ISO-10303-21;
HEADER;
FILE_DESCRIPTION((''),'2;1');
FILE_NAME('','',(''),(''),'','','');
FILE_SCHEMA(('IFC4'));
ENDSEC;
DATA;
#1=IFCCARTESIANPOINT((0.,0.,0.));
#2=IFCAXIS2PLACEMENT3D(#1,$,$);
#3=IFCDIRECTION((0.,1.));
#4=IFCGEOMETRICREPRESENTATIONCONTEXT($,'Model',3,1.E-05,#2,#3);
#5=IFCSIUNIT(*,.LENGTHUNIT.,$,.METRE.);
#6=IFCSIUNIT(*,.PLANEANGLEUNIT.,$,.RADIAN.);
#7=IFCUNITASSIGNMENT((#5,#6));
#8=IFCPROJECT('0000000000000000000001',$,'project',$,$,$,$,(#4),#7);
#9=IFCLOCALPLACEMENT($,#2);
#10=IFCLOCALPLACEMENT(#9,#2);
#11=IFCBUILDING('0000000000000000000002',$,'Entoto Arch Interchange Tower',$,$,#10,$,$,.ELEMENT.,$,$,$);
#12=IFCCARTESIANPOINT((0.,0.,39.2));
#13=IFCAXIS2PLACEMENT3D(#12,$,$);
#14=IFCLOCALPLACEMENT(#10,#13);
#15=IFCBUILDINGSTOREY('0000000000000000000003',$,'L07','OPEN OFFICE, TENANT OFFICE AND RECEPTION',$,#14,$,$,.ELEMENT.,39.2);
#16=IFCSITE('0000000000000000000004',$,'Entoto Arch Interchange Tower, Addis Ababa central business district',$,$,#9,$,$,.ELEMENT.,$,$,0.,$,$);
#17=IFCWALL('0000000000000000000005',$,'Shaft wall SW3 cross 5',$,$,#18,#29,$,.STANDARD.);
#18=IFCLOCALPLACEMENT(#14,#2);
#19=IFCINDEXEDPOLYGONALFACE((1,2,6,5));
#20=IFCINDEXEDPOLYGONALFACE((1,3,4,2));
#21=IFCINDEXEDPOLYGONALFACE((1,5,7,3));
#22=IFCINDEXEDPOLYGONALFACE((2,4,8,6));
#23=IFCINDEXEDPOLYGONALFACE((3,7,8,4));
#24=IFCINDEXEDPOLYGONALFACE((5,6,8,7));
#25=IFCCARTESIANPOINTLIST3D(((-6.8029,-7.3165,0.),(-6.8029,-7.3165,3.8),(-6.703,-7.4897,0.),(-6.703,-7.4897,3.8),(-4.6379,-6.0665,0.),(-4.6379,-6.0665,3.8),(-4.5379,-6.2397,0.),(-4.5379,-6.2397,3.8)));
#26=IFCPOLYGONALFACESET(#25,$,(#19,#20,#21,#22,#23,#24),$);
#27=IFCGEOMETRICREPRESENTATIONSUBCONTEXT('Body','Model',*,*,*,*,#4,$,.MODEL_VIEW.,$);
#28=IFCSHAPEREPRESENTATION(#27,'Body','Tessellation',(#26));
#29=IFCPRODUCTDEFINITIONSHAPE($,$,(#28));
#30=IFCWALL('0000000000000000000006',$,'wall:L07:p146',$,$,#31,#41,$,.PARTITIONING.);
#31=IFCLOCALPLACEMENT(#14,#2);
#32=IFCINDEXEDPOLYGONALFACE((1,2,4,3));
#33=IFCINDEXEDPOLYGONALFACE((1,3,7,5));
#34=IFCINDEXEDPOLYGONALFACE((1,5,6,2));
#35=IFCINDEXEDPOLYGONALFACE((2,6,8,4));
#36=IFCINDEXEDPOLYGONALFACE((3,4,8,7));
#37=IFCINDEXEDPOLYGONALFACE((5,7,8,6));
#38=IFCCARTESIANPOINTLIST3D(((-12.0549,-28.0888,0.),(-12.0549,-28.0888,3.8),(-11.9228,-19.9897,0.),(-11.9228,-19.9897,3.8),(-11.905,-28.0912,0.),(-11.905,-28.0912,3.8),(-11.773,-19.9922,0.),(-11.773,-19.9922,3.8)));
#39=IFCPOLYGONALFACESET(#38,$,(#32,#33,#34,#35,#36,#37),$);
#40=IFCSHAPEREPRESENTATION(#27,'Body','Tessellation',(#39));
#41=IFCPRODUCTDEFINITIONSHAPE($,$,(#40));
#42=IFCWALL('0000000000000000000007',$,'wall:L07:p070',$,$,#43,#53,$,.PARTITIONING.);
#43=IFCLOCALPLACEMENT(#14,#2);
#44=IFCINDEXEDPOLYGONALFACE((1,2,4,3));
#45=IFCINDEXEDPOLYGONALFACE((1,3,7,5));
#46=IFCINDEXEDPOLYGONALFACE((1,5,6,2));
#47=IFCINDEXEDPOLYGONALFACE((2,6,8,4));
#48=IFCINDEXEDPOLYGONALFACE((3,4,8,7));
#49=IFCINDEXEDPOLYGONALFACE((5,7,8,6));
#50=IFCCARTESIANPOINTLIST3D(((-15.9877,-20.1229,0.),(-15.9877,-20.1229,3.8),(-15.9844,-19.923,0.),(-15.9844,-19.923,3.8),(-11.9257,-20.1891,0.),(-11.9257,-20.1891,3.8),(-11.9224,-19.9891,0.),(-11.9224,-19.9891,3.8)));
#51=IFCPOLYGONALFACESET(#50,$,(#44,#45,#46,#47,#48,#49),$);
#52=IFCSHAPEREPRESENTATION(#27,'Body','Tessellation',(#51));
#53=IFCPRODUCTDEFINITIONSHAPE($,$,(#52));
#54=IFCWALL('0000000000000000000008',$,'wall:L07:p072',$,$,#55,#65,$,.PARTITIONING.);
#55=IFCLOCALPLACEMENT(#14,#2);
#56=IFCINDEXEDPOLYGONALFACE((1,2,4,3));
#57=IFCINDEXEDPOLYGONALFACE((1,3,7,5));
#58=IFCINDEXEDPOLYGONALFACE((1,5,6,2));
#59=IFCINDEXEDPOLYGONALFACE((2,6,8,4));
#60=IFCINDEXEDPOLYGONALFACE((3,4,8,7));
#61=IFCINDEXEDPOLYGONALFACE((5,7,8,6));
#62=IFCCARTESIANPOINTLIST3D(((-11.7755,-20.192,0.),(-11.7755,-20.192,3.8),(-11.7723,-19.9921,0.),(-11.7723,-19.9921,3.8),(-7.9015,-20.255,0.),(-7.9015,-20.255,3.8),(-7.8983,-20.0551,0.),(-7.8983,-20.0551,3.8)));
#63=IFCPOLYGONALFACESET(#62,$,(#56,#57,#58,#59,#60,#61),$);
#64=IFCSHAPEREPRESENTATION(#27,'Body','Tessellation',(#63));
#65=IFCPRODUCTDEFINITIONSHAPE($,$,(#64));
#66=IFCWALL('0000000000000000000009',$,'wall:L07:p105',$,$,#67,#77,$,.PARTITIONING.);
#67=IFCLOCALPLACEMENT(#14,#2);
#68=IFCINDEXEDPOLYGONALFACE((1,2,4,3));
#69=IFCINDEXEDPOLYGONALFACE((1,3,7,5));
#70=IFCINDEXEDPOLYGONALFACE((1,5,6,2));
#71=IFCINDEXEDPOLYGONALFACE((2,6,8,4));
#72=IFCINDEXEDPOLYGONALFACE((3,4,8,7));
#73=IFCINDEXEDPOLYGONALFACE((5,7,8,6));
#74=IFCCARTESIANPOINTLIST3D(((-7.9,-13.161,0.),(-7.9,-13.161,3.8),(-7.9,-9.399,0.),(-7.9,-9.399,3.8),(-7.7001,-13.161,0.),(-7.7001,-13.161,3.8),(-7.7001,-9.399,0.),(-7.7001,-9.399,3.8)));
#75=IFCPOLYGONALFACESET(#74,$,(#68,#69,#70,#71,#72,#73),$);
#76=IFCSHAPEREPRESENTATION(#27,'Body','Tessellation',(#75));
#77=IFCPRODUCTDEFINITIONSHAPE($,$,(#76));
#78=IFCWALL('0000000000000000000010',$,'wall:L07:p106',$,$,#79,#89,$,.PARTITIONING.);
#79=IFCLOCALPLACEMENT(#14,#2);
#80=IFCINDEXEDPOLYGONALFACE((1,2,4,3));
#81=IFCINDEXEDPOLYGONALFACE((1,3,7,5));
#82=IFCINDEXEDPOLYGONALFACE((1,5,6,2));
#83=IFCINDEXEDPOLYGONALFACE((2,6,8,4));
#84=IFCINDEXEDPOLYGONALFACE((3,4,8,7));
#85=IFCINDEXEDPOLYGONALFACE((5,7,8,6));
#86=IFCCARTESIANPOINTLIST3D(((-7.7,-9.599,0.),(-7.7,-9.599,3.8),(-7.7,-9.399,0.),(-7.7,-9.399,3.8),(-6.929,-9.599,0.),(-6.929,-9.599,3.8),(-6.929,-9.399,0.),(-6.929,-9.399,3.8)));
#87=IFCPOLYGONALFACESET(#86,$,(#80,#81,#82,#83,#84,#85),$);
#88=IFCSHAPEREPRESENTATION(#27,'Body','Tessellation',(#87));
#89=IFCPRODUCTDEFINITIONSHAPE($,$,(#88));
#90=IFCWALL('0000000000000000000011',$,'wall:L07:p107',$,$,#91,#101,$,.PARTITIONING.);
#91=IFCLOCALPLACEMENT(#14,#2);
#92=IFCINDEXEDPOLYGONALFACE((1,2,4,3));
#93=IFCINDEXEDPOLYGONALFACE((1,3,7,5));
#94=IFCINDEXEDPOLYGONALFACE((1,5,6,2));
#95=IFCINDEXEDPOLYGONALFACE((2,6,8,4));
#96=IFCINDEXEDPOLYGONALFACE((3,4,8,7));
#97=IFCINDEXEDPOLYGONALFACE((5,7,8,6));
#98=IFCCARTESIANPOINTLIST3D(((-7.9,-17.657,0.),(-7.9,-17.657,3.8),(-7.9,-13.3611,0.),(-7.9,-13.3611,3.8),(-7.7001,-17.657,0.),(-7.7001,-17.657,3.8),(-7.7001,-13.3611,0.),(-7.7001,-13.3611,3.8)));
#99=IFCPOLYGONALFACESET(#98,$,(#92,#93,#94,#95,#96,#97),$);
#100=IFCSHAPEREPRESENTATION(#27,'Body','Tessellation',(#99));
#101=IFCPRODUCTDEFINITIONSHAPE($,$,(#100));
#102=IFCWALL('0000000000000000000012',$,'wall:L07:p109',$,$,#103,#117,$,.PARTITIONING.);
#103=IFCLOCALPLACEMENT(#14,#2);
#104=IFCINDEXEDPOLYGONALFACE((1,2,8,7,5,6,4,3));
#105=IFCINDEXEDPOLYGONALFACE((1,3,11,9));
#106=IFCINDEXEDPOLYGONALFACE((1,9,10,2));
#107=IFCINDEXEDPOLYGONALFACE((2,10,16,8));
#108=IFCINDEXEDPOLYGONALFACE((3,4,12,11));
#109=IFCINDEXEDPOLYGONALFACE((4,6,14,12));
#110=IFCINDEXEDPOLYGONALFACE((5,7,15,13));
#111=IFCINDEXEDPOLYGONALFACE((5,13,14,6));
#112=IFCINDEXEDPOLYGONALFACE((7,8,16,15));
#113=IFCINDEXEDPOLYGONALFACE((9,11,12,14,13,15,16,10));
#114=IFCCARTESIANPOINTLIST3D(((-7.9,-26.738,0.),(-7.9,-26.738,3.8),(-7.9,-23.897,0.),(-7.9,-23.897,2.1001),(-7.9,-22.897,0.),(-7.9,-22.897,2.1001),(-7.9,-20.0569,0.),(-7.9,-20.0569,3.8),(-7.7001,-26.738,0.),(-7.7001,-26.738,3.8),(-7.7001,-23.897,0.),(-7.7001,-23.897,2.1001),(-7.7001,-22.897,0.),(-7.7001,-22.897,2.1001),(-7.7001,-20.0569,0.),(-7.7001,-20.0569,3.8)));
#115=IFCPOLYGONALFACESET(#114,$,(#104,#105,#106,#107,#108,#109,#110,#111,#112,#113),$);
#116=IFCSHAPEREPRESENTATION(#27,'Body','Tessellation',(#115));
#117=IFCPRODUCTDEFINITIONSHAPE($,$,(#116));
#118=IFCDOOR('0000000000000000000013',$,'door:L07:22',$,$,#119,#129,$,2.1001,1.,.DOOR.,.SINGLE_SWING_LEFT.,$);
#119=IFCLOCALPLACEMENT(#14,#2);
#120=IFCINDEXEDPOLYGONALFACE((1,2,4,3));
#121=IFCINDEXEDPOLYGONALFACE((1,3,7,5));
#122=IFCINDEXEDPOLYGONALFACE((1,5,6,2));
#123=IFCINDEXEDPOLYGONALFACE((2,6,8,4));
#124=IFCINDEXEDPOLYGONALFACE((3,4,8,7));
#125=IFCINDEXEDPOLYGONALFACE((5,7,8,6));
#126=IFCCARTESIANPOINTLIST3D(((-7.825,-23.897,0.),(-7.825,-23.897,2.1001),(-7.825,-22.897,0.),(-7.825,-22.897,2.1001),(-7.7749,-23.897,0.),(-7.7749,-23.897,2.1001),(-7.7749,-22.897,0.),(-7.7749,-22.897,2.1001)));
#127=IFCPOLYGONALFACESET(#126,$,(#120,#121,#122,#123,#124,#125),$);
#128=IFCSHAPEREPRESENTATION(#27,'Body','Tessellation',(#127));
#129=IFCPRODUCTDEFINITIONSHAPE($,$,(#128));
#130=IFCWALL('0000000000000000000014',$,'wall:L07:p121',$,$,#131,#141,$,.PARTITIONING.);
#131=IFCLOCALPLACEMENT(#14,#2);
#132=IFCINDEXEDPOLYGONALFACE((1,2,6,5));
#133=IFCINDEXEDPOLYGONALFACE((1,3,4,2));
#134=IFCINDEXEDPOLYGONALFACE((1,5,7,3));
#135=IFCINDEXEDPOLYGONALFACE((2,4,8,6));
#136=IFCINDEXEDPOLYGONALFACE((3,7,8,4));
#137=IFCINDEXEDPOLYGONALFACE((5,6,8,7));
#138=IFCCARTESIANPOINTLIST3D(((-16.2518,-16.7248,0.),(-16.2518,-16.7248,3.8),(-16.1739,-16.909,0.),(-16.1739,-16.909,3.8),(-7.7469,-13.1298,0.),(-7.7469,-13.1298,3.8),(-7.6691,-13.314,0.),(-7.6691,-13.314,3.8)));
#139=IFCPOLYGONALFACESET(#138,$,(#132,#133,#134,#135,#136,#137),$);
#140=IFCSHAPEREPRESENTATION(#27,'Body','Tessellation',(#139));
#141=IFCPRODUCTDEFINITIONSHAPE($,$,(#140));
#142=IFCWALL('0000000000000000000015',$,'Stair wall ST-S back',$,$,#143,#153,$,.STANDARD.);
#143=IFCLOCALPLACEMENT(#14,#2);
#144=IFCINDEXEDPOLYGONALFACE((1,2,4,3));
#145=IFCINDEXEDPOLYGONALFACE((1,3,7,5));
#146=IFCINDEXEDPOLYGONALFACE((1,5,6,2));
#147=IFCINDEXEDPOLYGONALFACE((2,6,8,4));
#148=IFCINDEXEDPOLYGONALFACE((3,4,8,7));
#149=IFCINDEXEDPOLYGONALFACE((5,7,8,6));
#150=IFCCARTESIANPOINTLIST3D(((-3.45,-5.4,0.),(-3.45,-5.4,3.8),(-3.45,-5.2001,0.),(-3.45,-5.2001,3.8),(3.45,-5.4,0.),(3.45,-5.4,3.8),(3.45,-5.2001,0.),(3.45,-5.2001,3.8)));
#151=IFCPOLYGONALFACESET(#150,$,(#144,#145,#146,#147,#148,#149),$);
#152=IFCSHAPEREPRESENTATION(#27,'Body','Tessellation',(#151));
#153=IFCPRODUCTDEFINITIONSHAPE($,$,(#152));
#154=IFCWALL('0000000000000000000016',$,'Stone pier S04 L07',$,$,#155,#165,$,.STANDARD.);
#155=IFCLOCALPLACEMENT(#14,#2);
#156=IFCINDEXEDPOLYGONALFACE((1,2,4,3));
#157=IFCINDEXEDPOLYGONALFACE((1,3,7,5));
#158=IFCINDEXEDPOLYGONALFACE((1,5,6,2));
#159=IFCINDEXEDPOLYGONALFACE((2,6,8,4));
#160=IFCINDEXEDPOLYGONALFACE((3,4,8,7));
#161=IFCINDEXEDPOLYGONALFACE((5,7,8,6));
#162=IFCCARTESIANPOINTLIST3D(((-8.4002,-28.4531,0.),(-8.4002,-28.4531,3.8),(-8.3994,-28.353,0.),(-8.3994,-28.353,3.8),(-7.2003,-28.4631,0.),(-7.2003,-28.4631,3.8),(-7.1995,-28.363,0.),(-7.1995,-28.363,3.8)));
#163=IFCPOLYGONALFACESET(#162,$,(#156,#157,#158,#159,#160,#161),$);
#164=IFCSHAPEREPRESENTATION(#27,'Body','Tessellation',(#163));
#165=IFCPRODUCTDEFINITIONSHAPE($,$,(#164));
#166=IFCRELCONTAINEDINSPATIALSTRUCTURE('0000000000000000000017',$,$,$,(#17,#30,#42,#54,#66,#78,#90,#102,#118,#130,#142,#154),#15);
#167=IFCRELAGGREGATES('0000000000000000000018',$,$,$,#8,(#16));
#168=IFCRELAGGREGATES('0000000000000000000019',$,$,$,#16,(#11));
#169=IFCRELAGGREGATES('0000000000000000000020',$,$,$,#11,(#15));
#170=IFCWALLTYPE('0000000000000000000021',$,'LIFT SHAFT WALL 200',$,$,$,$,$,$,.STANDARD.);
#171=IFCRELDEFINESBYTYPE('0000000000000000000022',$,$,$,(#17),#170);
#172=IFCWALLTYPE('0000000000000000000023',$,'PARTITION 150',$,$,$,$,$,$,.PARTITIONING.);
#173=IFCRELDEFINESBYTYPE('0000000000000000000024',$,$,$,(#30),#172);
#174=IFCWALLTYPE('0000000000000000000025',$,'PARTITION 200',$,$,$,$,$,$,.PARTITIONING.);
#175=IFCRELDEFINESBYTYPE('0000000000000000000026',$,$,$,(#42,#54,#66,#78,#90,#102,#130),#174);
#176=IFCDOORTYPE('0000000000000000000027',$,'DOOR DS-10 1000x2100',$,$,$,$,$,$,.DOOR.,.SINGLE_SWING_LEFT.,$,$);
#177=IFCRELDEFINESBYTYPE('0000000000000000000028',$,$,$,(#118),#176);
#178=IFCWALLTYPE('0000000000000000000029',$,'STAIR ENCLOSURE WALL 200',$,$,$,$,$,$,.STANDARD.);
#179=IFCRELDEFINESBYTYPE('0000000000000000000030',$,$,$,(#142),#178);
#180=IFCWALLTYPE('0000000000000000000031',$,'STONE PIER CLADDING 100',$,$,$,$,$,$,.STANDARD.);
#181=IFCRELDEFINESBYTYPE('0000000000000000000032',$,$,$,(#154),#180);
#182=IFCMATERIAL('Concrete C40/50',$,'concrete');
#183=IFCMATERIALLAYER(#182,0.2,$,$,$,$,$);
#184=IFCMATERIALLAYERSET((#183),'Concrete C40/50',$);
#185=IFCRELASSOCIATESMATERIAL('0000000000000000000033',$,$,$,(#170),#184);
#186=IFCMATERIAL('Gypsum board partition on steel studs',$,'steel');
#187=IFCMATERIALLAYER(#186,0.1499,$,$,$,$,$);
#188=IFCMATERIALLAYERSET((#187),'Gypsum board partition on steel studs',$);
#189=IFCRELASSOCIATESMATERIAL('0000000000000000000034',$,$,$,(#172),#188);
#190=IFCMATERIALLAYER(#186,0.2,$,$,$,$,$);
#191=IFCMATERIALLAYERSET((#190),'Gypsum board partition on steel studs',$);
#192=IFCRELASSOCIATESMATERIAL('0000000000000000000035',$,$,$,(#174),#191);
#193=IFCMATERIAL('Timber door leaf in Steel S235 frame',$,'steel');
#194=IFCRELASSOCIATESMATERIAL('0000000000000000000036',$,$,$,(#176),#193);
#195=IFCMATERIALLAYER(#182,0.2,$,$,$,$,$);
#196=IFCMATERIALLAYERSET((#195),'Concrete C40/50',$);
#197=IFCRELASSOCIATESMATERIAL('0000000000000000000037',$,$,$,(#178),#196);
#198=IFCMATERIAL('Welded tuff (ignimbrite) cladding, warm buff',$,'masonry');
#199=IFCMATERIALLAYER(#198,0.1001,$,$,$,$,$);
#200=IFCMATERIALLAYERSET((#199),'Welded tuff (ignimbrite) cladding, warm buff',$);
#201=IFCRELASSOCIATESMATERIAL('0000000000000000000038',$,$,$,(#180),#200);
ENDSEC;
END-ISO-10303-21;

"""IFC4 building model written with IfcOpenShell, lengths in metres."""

from ifc_helpers import new_model, si_unit, direction, frame, frame_2d, origin, place, context, subcontext, project, spatial, rectangle, extrude, material, layer, layer_set, type_object, element, fill, save


model = new_model("IFC4")

# Units and contexts
model_context = context("Model", 3, precision=1e-05, world=origin(), true_north=direction((0.0, 1.0)))
body_context = subcontext(model_context, "Body", "Model", "MODEL_VIEW")
ifc_project = project(units=[si_unit("LENGTHUNIT", "METRE"), si_unit("PLANEANGLEUNIT", "RADIAN")], contexts=[model_context])

# Site, building, storey
site_placement = place(None, origin())
site = spatial("IfcSite", under=ifc_project, at=site_placement, Name="Entoto Arch Interchange Tower, Addis Ababa central business district", CompositionType="ELEMENT", RefElevation=0.0)
building_placement = place(site_placement, origin())
building = spatial("IfcBuilding", under=site, at=building_placement, Name="Entoto Arch Interchange Tower", CompositionType="ELEMENT")
storey_placement = place(building_placement, frame((0.0, 0.0, 39.2)))
storey = spatial("IfcBuildingStorey", under=building, at=storey_placement, Name="L07", Description="OPEN OFFICE, TENANT OFFICE AND RECEPTION", CompositionType="ELEMENT", Elevation=39.2)

# Walls
ifc_material_1 = material(Name="Concrete C40/50", Category="concrete")
ifc_layer_1 = layer(ifc_material_1, 0.2)
ifc_layer_set_1 = layer_set([ifc_layer_1], Name="Concrete C40/50")
wall_type_1 = type_object("IfcWallType", Name="LIFT SHAFT WALL 200", PredefinedType="STANDARD", material=ifc_layer_set_1)
wall_1_placement = place(storey_placement, frame((-4.5879, -6.1531, 0.0), z_axis=(0.0, 0.0, 1.0), x_axis=(-0.866023, -0.500004, 0.0)))
element("IfcWall", 1, at=wall_1_placement, inside=storey, type_object=wall_type_1, Name="Shaft wall SW3 cross 5", PredefinedType="STANDARD", context=body_context, shape_type="SweptSolid", body=[
    extrude(rectangle(XDim=2.5, YDim=0.2, at=frame_2d((1.25, 0.0))), origin(), (0.0, 0.0, 1.0), 3.8),
])
ifc_material_2 = material(Name="Gypsum board partition on steel studs", Category="steel")
ifc_layer_2 = layer(ifc_material_2, 0.1499)
ifc_layer_set_2 = layer_set([ifc_layer_2], Name="Gypsum board partition on steel studs")
wall_type_2 = type_object("IfcWallType", Name="PARTITION 150", PredefinedType="PARTITIONING", material=ifc_layer_set_2)
wall_2_placement = place(storey_placement, frame((-11.8479, -19.991, 0.0), z_axis=(0.0, 0.0, 1.0), x_axis=(-0.016306, -0.999867, 0.0)))
element("IfcWall", 2, at=wall_2_placement, inside=storey, type_object=wall_type_2, Name="wall:L07:p146", PredefinedType="PARTITIONING", context=body_context, shape_type="SweptSolid", body=[
    extrude(rectangle(XDim=8.1001, YDim=0.1499, at=frame_2d((4.05, 0.0))), origin(), (0.0, 0.0, 1.0), 3.8),
])
ifc_layer_3 = layer(ifc_material_2, 0.2)
ifc_layer_set_3 = layer_set([ifc_layer_3], Name="Gypsum board partition on steel studs")
wall_type_3 = type_object("IfcWallType", Name="PARTITION 200", PredefinedType="PARTITIONING", material=ifc_layer_set_3)
wall_3_placement = place(storey_placement, frame((-11.9241, -20.0891, 0.0), z_axis=(0.0, 0.0, 1.0), x_axis=(-0.999867, 0.016286, 0.0)))
element("IfcWall", 3, at=wall_3_placement, inside=storey, type_object=wall_type_3, Name="wall:L07:p070", PredefinedType="PARTITIONING", context=body_context, shape_type="SweptSolid", body=[
    extrude(rectangle(XDim=4.0625, YDim=0.2, at=frame_2d((2.0312, 0.0))), origin(), (0.0, 0.0, 1.0), 3.8),
])
wall_4_placement = place(storey_placement, frame((-7.8999, -20.155, 0.0), z_axis=(0.0, 0.0, 1.0), x_axis=(-0.999868, 0.016257, 0.0)))
element("IfcWall", 4, at=wall_4_placement, inside=storey, type_object=wall_type_3, Name="wall:L07:p072", PredefinedType="PARTITIONING", context=body_context, shape_type="SweptSolid", body=[
    extrude(rectangle(XDim=3.8745, YDim=0.2, at=frame_2d((1.9373, 0.0))), origin(), (0.0, 0.0, 1.0), 3.8),
])
wall_5_placement = place(storey_placement, frame((-7.8, -13.1609, 0.0), z_axis=(0.0, 0.0, 1.0), x_axis=(0.0, 1.0, 0.0)))
element("IfcWall", 5, at=wall_5_placement, inside=storey, type_object=wall_type_3, Name="wall:L07:p105", PredefinedType="PARTITIONING", context=body_context, shape_type="SweptSolid", body=[
    extrude(rectangle(XDim=3.762, YDim=0.2, at=frame_2d((1.8809, 0.0))), origin(), (0.0, 0.0, 1.0), 3.8),
])
wall_6_placement = place(storey_placement, frame((-7.7, -9.499, 0.0), z_axis=(0.0, 0.0, 1.0), x_axis=(1.0, 0.0, 0.0)))
element("IfcWall", 6, at=wall_6_placement, inside=storey, type_object=wall_type_3, Name="wall:L07:p106", PredefinedType="PARTITIONING", context=body_context, shape_type="SweptSolid", body=[
    extrude(rectangle(XDim=0.771, YDim=0.2, at=frame_2d((0.3855, 0.0))), origin(), (0.0, 0.0, 1.0), 3.8),
])
wall_7_placement = place(storey_placement, frame((-7.8, -17.657, 0.0), z_axis=(0.0, 0.0, 1.0), x_axis=(0.0, 1.0, 0.0)))
element("IfcWall", 7, at=wall_7_placement, inside=storey, type_object=wall_type_3, Name="wall:L07:p107", PredefinedType="PARTITIONING", context=body_context, shape_type="SweptSolid", body=[
    extrude(rectangle(XDim=4.2959, YDim=0.2, at=frame_2d((2.1479, 0.0))), origin(), (0.0, 0.0, 1.0), 3.8),
])

# Wall, opening, door
wall_8_placement = place(storey_placement, frame((-7.8, -26.738, 0.0), z_axis=(0.0, 0.0, 1.0), x_axis=(0.0, 1.0, 0.0)))
wall_8 = element("IfcWall", 8, at=wall_8_placement, inside=storey, type_object=wall_type_3, Name="wall:L07:p109", PredefinedType="PARTITIONING", context=body_context, shape_type="SweptSolid", body=[
    extrude(rectangle(XDim=6.6812, YDim=0.2, at=frame_2d((3.3406, 0.0))), origin(), (0.0, 0.0, 1.0), 3.8),
])
opening_1_placement = place(wall_8_placement, frame((2.8411, 0.0, 0.0)))
opening_1 = element("IfcOpeningElement", 9, at=opening_1_placement, cuts=wall_8, PredefinedType="OPENING", context=body_context, shape_type="SweptSolid", body=[
    extrude(rectangle(XDim=1.0, YDim=2.1001, at=frame_2d((0.5, 1.05))), frame((0.0, 0.1099, 0.0), z_axis=(0.0, -1.0, 0.0), x_axis=(1.0, 0.0, 0.0)), (0.0, 0.0, 1.0), 0.22),
])
ifc_material_3 = material(Name="Timber door leaf in Steel S235 frame", Category="steel")
door_type_1 = type_object("IfcDoorType", Name="DOOR DS-10 1000x2100", OperationType="SINGLE_SWING_LEFT", PredefinedType="DOOR", material=ifc_material_3)
door_1_placement = place(opening_1_placement, origin())
door_1 = element("IfcDoor", 10, at=door_1_placement, inside=storey, type_object=door_type_1, Name="door:L07:22", OperationType="SINGLE_SWING_LEFT", OverallHeight=2.1001, OverallWidth=1.0, PredefinedType="DOOR", context=body_context, shape_type="SweptSolid", body=[
    extrude(rectangle(XDim=1.0, YDim=2.1001, at=frame_2d((0.5, 1.05))), frame((0.0, 0.0249, 0.0), z_axis=(0.0, -1.0, 0.0), x_axis=(1.0, 0.0, 0.0)), (0.0, 0.0, 1.0), 0.05),
])
fill(opening_1, door_1)

# Walls
wall_9_placement = place(storey_placement, frame((-7.708, -13.2219, 0.0), z_axis=(0.0, 0.0, 1.0), x_axis=(-0.921093, -0.389342, 0.0)))
element("IfcWall", 11, at=wall_9_placement, inside=storey, type_object=wall_type_3, Name="wall:L07:p121", PredefinedType="PARTITIONING", context=body_context, shape_type="SweptSolid", body=[
    extrude(rectangle(XDim=9.2334, YDim=0.2, at=frame_2d((4.6167, 0.0))), origin(), (0.0, 0.0, 1.0), 3.8),
])
ifc_layer_4 = layer(ifc_material_1, 0.2)
ifc_layer_set_4 = layer_set([ifc_layer_4], Name="Concrete C40/50")
wall_type_4 = type_object("IfcWallType", Name="STAIR ENCLOSURE WALL 200", PredefinedType="STANDARD", material=ifc_layer_set_4)
wall_10_placement = place(storey_placement, frame((-3.45, -5.3, 0.0), z_axis=(0.0, 0.0, 1.0), x_axis=(1.0, 0.0, 0.0)))
element("IfcWall", 12, at=wall_10_placement, inside=storey, type_object=wall_type_4, Name="Stair wall ST-S back", PredefinedType="STANDARD", context=body_context, shape_type="SweptSolid", body=[
    extrude(rectangle(XDim=6.8999, YDim=0.2, at=frame_2d((3.45, 0.0))), origin(), (0.0, 0.0, 1.0), 3.8),
])

# Shared definitions
ifc_material_4 = material(Name="Welded tuff (ignimbrite) cladding, warm buff", Category="masonry")

# Wall
ifc_layer_5 = layer(ifc_material_4, 0.1001)
ifc_layer_set_5 = layer_set([ifc_layer_5], Name="Welded tuff (ignimbrite) cladding, warm buff")
wall_type_5 = type_object("IfcWallType", Name="STONE PIER CLADDING 100", PredefinedType="STANDARD", material=ifc_layer_set_5)
wall_11_placement = place(storey_placement, frame((-8.3999, -28.4031, 0.0), z_axis=(0.0, 0.0, 1.0), x_axis=(0.999965, -0.008342, 0.0)))
element("IfcWall", 13, at=wall_11_placement, inside=storey, type_object=wall_type_5, Name="Stone pier S04 L07", PredefinedType="STANDARD", context=body_context, shape_type="SweptSolid", body=[
    extrude(rectangle(XDim=1.2, YDim=0.1001, at=frame_2d((0.6001, 0.0))), origin(), (0.0, 0.0, 1.0), 3.8),
])

save(model, "model.ifc")
